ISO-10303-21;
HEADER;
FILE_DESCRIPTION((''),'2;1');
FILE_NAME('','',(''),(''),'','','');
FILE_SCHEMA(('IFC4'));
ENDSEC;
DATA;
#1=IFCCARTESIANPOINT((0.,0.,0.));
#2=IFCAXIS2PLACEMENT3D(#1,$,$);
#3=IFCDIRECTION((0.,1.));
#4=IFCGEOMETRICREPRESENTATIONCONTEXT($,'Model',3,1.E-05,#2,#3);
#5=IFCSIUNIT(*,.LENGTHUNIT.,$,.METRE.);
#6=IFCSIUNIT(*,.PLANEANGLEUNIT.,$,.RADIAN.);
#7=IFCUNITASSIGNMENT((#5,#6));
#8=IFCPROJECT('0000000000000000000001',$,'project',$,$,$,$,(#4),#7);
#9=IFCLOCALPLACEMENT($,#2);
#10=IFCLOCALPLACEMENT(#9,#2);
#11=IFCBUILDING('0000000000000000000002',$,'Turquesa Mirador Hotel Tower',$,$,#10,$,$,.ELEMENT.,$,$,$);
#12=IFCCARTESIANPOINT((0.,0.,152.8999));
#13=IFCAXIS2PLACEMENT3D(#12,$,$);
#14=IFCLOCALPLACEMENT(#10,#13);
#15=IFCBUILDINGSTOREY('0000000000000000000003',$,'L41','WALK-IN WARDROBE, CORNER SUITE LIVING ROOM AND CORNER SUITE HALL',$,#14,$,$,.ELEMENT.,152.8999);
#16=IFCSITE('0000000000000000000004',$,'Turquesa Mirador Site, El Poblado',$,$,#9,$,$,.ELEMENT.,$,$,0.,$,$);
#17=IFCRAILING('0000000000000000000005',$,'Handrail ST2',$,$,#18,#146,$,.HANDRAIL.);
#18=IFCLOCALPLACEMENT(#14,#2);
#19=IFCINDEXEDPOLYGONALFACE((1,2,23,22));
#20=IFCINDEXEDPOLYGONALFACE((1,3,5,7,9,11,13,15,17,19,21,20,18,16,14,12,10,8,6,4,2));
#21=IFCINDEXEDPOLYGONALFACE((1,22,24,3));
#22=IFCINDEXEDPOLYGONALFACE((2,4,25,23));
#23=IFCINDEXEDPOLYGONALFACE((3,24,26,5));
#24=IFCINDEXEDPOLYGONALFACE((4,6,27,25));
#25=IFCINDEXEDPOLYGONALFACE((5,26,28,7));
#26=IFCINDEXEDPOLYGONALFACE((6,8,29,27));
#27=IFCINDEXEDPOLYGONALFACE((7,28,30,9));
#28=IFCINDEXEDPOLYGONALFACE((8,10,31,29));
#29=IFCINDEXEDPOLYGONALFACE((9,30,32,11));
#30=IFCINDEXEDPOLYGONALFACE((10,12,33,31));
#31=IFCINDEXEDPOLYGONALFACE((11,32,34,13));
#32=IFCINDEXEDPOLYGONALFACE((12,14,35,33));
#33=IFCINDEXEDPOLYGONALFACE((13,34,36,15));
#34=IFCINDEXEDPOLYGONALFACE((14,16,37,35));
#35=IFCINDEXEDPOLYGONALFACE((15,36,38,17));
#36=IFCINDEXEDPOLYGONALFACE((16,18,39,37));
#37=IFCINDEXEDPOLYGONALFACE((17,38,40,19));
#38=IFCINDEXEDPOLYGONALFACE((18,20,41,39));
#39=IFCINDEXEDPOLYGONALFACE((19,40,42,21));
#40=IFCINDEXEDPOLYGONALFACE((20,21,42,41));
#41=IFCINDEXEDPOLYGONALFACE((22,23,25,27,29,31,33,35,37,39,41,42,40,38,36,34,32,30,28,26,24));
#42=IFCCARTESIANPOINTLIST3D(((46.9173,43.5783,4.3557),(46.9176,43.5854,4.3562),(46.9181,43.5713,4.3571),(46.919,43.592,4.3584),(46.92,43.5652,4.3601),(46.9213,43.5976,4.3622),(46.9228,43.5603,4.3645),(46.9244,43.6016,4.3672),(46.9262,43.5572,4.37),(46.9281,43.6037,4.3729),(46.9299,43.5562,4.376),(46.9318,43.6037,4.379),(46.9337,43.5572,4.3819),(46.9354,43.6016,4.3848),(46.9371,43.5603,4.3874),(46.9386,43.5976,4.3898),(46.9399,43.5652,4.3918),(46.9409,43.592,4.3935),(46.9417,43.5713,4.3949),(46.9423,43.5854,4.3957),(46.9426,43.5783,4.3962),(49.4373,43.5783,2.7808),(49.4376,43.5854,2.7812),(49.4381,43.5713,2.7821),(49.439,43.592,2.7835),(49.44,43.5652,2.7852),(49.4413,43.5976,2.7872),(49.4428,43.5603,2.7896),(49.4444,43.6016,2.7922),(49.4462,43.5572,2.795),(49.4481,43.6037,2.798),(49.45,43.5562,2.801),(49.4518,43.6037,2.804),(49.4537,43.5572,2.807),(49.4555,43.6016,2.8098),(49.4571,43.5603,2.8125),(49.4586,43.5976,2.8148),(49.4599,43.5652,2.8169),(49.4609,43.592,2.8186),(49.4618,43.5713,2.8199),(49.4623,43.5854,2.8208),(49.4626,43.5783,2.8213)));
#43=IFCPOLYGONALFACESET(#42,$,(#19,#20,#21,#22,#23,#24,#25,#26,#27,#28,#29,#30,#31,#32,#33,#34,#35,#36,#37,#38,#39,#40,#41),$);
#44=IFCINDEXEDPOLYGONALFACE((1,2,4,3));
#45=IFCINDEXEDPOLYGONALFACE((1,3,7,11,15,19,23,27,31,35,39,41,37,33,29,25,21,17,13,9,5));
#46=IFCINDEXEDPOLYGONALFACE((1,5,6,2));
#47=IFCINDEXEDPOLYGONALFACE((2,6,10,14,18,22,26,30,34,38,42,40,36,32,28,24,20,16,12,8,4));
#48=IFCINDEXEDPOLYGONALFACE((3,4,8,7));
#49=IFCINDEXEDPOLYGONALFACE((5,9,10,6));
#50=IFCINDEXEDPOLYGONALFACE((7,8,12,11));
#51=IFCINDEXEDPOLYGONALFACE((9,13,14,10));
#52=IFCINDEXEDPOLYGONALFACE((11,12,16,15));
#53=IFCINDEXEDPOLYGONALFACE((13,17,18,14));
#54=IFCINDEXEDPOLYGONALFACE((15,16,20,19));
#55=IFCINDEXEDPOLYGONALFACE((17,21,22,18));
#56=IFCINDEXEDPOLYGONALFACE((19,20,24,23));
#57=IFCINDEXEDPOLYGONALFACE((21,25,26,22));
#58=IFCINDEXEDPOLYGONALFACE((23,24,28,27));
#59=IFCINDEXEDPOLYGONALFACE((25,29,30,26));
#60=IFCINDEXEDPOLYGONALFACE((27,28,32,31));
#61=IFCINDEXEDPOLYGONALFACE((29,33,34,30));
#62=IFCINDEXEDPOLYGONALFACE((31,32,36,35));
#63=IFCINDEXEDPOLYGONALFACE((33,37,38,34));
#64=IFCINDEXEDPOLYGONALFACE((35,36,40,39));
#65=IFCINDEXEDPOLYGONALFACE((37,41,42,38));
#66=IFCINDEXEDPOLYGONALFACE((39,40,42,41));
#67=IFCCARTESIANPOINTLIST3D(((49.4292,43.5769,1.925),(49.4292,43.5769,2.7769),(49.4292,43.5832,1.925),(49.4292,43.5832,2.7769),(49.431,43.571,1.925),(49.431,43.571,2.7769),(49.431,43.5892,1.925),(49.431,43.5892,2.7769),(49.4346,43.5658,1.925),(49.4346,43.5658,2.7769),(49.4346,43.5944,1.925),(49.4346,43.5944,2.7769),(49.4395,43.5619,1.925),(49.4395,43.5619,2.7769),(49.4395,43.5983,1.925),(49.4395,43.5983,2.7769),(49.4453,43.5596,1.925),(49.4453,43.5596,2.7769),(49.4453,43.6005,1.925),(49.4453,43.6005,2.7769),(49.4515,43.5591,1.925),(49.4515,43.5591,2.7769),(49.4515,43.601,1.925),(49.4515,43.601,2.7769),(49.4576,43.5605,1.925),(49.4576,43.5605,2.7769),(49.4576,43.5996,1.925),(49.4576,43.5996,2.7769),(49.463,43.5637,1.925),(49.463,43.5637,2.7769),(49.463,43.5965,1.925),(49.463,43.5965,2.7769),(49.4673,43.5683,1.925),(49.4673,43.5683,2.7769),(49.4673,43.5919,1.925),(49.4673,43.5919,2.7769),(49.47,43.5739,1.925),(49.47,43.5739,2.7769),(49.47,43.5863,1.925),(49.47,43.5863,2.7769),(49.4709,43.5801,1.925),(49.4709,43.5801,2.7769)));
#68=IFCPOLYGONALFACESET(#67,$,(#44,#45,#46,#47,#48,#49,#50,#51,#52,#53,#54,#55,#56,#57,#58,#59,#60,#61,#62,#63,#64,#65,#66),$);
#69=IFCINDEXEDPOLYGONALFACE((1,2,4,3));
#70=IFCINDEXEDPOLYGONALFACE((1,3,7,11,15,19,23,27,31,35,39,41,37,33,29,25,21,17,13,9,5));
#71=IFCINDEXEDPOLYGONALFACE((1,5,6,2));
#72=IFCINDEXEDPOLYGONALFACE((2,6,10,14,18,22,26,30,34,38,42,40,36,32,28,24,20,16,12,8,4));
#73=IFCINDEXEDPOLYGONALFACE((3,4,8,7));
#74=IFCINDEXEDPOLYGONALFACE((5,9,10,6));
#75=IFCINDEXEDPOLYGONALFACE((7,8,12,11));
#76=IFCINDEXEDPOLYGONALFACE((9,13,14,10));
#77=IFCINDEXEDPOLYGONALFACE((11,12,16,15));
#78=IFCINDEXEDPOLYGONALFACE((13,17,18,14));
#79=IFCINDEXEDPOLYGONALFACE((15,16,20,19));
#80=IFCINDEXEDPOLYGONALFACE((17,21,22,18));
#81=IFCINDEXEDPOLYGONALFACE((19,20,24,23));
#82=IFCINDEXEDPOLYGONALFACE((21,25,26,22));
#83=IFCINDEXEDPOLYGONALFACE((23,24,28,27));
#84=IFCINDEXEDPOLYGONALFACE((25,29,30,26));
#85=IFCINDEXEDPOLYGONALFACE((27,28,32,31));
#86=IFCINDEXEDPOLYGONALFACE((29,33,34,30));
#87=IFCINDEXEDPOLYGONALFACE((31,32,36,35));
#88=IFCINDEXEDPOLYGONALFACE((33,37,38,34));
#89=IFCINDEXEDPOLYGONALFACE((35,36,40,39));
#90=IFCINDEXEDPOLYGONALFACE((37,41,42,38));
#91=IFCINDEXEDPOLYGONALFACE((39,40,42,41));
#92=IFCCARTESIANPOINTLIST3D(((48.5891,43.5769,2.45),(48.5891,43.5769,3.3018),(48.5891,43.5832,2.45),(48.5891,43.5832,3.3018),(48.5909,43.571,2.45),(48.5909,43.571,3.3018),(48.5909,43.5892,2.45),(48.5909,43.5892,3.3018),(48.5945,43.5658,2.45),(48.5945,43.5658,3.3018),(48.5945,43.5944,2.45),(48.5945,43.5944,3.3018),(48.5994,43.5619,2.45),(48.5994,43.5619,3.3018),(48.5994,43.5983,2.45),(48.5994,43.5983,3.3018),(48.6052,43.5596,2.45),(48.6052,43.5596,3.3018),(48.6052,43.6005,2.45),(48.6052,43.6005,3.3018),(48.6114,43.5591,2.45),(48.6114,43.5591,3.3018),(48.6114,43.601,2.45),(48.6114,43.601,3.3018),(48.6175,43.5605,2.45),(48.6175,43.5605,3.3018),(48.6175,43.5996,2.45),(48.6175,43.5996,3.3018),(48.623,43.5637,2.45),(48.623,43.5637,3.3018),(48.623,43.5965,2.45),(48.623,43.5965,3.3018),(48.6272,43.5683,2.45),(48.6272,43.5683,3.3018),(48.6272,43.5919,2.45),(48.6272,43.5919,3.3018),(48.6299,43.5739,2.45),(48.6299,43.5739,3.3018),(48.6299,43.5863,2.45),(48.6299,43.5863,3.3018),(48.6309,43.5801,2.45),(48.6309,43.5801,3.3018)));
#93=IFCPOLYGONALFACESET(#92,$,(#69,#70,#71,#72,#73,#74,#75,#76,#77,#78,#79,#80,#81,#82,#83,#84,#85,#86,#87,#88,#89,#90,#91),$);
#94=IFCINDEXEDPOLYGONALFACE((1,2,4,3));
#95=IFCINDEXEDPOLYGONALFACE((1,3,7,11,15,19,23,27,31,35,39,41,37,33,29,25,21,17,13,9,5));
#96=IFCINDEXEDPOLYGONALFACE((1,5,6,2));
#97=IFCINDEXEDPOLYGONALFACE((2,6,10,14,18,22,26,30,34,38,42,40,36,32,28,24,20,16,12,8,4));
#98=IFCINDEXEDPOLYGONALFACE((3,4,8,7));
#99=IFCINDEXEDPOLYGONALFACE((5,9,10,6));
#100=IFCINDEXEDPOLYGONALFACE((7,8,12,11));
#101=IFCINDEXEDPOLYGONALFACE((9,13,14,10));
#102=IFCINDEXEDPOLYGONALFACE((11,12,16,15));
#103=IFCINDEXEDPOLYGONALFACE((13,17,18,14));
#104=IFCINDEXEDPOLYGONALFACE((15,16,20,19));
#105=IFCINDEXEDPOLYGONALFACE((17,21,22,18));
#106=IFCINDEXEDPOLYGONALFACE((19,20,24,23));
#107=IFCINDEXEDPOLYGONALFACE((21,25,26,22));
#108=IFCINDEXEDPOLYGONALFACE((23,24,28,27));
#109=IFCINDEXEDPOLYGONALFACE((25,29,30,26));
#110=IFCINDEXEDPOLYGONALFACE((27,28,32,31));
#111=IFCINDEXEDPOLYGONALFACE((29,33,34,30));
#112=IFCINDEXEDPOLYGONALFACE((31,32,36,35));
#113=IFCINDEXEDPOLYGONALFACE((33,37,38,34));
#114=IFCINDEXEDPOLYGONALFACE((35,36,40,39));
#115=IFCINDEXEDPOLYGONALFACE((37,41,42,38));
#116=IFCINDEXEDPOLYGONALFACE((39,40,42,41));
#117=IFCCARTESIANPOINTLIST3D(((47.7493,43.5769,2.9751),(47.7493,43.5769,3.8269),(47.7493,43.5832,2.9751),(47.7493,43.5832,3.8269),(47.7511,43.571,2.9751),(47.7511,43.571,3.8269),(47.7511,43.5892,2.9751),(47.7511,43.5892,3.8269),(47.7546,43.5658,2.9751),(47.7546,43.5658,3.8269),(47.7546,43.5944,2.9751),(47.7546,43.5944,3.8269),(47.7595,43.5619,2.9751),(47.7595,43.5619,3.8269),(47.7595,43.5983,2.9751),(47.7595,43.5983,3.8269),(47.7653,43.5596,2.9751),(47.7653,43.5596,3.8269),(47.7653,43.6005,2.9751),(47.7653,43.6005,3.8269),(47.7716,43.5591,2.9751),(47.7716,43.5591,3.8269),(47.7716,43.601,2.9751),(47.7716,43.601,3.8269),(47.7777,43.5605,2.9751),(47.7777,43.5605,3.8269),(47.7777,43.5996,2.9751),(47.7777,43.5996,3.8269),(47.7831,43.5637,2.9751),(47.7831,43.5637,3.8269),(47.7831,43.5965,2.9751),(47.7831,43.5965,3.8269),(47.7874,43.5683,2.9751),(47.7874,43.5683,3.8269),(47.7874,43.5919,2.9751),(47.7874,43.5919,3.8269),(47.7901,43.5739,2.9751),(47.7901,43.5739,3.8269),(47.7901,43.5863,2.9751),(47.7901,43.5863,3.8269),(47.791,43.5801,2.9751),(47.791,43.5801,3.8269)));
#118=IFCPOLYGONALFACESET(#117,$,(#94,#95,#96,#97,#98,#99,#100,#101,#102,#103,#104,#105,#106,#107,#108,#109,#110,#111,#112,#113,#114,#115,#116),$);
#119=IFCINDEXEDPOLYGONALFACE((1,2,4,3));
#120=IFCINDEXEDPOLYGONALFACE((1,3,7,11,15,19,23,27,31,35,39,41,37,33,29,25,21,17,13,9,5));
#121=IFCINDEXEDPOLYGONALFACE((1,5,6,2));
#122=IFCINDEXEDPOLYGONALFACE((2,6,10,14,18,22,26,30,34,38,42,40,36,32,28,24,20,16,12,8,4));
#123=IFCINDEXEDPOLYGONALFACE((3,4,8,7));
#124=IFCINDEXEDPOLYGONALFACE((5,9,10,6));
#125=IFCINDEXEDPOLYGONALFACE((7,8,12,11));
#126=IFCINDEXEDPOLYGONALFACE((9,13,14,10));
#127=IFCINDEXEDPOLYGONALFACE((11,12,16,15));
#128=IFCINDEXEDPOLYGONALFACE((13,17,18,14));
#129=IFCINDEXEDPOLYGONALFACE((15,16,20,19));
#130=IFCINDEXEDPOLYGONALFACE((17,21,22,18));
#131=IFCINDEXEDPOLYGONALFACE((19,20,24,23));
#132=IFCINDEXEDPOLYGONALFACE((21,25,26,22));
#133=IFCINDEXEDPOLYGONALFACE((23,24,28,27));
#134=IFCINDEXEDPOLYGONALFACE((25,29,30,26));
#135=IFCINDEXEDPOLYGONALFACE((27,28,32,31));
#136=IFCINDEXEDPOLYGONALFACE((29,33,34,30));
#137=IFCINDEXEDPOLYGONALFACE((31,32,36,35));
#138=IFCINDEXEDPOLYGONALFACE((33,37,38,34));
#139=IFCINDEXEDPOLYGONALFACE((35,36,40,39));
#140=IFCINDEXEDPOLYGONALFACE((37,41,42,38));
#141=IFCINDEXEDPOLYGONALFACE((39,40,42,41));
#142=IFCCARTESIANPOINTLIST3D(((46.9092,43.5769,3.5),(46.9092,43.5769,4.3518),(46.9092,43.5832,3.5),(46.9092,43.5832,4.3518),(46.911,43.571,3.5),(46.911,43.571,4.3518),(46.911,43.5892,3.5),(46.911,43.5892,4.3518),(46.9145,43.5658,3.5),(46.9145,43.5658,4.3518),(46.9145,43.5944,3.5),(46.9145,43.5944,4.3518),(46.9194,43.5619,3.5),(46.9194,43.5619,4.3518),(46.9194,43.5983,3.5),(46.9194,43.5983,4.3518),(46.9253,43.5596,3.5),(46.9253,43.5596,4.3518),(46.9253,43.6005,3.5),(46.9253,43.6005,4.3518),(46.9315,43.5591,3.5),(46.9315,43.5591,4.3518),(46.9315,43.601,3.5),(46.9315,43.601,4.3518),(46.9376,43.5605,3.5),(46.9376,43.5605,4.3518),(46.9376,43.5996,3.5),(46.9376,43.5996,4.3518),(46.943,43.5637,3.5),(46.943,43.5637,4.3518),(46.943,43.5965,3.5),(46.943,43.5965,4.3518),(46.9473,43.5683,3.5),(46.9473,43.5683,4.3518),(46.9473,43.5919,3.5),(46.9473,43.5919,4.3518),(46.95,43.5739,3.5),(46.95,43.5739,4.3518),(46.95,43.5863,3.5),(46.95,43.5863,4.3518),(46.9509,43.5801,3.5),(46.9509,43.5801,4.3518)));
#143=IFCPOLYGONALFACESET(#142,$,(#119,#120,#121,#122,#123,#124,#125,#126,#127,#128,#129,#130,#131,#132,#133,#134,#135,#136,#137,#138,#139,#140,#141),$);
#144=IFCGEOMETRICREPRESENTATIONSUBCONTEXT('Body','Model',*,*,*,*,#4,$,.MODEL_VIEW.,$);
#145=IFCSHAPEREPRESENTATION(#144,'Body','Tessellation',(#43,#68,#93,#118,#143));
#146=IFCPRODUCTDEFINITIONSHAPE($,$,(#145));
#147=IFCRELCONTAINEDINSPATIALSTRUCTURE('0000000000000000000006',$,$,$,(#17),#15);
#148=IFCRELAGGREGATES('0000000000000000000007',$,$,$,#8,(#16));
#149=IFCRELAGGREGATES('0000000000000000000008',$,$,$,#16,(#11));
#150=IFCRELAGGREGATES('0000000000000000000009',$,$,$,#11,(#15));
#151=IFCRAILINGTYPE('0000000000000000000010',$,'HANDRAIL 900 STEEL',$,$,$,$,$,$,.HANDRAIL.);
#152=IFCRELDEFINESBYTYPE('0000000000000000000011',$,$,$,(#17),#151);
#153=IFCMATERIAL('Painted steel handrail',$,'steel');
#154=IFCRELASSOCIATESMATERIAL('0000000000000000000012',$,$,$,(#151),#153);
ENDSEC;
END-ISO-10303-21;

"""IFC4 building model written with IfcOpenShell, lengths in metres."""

from ifc_helpers import new_model, si_unit, direction, frame, origin, origin_2d, place, context, subcontext, project, spatial, circle, extrude, material, type_object, element, save


model = new_model("IFC4")

# Units and contexts
model_context = context("Model", 3, precision=1e-05, world=origin(), true_north=direction((0.0, 1.0)))
body_context = subcontext(model_context, "Body", "Model", "MODEL_VIEW")
ifc_project = project(units=[si_unit("LENGTHUNIT", "METRE"), si_unit("PLANEANGLEUNIT", "RADIAN")], contexts=[model_context])

# Site, building, storey
site_placement = place(None, origin())
site = spatial("IfcSite", under=ifc_project, at=site_placement, Name="Turquesa Mirador Site, El Poblado", CompositionType="ELEMENT", RefElevation=0.0)
building_placement = place(site_placement, origin())
building = spatial("IfcBuilding", under=site, at=building_placement, Name="Turquesa Mirador Hotel Tower", CompositionType="ELEMENT")
storey_placement = place(building_placement, frame((0.0, 0.0, 152.8999)))
storey = spatial("IfcBuildingStorey", under=building, at=storey_placement, Name="L41", Description="WALK-IN WARDROBE, CORNER SUITE LIVING ROOM AND CORNER SUITE HALL", CompositionType="ELEMENT", Elevation=152.8999)

# Railing
ifc_material_1 = material(Name="Painted steel handrail", Category="steel")
railing_type = type_object("IfcRailingType", Name="HANDRAIL 900 STEEL", PredefinedType="HANDRAIL", material=ifc_material_1)
railing_1_placement = place(storey_placement, frame((49.45, 43.5801, 1.925)))
element("IfcRailing", 1, at=railing_1_placement, inside=storey, type_object=railing_type, Name="Handrail ST2", PredefinedType="HANDRAIL", context=body_context, shape_type="SweptSolid", body=[
    extrude(circle(Radius=0.0239, at=origin_2d()), frame((0.0, 0.0, 0.876), z_axis=(-0.848008, 0.0, 0.529984), x_axis=(0.0, -1.0, 0.0)), (0.0, 0.0, 1.0), 2.9717),
    extrude(circle(Radius=0.021, at=origin_2d()), origin(), (0.0, 0.0, 1.0), 0.8518),
    extrude(circle(Radius=0.021, at=origin_2d()), frame((-0.8401, 0.0, 0.5249)), (0.0, 0.0, 1.0), 0.8518),
    extrude(circle(Radius=0.021, at=origin_2d()), frame((-1.6799, 0.0, 1.05)), (0.0, 0.0, 1.0), 0.8518),
    extrude(circle(Radius=0.021, at=origin_2d()), frame((-2.52, 0.0, 1.575)), (0.0, 0.0, 1.0), 0.8518),
])

save(model, "model.ifc")
